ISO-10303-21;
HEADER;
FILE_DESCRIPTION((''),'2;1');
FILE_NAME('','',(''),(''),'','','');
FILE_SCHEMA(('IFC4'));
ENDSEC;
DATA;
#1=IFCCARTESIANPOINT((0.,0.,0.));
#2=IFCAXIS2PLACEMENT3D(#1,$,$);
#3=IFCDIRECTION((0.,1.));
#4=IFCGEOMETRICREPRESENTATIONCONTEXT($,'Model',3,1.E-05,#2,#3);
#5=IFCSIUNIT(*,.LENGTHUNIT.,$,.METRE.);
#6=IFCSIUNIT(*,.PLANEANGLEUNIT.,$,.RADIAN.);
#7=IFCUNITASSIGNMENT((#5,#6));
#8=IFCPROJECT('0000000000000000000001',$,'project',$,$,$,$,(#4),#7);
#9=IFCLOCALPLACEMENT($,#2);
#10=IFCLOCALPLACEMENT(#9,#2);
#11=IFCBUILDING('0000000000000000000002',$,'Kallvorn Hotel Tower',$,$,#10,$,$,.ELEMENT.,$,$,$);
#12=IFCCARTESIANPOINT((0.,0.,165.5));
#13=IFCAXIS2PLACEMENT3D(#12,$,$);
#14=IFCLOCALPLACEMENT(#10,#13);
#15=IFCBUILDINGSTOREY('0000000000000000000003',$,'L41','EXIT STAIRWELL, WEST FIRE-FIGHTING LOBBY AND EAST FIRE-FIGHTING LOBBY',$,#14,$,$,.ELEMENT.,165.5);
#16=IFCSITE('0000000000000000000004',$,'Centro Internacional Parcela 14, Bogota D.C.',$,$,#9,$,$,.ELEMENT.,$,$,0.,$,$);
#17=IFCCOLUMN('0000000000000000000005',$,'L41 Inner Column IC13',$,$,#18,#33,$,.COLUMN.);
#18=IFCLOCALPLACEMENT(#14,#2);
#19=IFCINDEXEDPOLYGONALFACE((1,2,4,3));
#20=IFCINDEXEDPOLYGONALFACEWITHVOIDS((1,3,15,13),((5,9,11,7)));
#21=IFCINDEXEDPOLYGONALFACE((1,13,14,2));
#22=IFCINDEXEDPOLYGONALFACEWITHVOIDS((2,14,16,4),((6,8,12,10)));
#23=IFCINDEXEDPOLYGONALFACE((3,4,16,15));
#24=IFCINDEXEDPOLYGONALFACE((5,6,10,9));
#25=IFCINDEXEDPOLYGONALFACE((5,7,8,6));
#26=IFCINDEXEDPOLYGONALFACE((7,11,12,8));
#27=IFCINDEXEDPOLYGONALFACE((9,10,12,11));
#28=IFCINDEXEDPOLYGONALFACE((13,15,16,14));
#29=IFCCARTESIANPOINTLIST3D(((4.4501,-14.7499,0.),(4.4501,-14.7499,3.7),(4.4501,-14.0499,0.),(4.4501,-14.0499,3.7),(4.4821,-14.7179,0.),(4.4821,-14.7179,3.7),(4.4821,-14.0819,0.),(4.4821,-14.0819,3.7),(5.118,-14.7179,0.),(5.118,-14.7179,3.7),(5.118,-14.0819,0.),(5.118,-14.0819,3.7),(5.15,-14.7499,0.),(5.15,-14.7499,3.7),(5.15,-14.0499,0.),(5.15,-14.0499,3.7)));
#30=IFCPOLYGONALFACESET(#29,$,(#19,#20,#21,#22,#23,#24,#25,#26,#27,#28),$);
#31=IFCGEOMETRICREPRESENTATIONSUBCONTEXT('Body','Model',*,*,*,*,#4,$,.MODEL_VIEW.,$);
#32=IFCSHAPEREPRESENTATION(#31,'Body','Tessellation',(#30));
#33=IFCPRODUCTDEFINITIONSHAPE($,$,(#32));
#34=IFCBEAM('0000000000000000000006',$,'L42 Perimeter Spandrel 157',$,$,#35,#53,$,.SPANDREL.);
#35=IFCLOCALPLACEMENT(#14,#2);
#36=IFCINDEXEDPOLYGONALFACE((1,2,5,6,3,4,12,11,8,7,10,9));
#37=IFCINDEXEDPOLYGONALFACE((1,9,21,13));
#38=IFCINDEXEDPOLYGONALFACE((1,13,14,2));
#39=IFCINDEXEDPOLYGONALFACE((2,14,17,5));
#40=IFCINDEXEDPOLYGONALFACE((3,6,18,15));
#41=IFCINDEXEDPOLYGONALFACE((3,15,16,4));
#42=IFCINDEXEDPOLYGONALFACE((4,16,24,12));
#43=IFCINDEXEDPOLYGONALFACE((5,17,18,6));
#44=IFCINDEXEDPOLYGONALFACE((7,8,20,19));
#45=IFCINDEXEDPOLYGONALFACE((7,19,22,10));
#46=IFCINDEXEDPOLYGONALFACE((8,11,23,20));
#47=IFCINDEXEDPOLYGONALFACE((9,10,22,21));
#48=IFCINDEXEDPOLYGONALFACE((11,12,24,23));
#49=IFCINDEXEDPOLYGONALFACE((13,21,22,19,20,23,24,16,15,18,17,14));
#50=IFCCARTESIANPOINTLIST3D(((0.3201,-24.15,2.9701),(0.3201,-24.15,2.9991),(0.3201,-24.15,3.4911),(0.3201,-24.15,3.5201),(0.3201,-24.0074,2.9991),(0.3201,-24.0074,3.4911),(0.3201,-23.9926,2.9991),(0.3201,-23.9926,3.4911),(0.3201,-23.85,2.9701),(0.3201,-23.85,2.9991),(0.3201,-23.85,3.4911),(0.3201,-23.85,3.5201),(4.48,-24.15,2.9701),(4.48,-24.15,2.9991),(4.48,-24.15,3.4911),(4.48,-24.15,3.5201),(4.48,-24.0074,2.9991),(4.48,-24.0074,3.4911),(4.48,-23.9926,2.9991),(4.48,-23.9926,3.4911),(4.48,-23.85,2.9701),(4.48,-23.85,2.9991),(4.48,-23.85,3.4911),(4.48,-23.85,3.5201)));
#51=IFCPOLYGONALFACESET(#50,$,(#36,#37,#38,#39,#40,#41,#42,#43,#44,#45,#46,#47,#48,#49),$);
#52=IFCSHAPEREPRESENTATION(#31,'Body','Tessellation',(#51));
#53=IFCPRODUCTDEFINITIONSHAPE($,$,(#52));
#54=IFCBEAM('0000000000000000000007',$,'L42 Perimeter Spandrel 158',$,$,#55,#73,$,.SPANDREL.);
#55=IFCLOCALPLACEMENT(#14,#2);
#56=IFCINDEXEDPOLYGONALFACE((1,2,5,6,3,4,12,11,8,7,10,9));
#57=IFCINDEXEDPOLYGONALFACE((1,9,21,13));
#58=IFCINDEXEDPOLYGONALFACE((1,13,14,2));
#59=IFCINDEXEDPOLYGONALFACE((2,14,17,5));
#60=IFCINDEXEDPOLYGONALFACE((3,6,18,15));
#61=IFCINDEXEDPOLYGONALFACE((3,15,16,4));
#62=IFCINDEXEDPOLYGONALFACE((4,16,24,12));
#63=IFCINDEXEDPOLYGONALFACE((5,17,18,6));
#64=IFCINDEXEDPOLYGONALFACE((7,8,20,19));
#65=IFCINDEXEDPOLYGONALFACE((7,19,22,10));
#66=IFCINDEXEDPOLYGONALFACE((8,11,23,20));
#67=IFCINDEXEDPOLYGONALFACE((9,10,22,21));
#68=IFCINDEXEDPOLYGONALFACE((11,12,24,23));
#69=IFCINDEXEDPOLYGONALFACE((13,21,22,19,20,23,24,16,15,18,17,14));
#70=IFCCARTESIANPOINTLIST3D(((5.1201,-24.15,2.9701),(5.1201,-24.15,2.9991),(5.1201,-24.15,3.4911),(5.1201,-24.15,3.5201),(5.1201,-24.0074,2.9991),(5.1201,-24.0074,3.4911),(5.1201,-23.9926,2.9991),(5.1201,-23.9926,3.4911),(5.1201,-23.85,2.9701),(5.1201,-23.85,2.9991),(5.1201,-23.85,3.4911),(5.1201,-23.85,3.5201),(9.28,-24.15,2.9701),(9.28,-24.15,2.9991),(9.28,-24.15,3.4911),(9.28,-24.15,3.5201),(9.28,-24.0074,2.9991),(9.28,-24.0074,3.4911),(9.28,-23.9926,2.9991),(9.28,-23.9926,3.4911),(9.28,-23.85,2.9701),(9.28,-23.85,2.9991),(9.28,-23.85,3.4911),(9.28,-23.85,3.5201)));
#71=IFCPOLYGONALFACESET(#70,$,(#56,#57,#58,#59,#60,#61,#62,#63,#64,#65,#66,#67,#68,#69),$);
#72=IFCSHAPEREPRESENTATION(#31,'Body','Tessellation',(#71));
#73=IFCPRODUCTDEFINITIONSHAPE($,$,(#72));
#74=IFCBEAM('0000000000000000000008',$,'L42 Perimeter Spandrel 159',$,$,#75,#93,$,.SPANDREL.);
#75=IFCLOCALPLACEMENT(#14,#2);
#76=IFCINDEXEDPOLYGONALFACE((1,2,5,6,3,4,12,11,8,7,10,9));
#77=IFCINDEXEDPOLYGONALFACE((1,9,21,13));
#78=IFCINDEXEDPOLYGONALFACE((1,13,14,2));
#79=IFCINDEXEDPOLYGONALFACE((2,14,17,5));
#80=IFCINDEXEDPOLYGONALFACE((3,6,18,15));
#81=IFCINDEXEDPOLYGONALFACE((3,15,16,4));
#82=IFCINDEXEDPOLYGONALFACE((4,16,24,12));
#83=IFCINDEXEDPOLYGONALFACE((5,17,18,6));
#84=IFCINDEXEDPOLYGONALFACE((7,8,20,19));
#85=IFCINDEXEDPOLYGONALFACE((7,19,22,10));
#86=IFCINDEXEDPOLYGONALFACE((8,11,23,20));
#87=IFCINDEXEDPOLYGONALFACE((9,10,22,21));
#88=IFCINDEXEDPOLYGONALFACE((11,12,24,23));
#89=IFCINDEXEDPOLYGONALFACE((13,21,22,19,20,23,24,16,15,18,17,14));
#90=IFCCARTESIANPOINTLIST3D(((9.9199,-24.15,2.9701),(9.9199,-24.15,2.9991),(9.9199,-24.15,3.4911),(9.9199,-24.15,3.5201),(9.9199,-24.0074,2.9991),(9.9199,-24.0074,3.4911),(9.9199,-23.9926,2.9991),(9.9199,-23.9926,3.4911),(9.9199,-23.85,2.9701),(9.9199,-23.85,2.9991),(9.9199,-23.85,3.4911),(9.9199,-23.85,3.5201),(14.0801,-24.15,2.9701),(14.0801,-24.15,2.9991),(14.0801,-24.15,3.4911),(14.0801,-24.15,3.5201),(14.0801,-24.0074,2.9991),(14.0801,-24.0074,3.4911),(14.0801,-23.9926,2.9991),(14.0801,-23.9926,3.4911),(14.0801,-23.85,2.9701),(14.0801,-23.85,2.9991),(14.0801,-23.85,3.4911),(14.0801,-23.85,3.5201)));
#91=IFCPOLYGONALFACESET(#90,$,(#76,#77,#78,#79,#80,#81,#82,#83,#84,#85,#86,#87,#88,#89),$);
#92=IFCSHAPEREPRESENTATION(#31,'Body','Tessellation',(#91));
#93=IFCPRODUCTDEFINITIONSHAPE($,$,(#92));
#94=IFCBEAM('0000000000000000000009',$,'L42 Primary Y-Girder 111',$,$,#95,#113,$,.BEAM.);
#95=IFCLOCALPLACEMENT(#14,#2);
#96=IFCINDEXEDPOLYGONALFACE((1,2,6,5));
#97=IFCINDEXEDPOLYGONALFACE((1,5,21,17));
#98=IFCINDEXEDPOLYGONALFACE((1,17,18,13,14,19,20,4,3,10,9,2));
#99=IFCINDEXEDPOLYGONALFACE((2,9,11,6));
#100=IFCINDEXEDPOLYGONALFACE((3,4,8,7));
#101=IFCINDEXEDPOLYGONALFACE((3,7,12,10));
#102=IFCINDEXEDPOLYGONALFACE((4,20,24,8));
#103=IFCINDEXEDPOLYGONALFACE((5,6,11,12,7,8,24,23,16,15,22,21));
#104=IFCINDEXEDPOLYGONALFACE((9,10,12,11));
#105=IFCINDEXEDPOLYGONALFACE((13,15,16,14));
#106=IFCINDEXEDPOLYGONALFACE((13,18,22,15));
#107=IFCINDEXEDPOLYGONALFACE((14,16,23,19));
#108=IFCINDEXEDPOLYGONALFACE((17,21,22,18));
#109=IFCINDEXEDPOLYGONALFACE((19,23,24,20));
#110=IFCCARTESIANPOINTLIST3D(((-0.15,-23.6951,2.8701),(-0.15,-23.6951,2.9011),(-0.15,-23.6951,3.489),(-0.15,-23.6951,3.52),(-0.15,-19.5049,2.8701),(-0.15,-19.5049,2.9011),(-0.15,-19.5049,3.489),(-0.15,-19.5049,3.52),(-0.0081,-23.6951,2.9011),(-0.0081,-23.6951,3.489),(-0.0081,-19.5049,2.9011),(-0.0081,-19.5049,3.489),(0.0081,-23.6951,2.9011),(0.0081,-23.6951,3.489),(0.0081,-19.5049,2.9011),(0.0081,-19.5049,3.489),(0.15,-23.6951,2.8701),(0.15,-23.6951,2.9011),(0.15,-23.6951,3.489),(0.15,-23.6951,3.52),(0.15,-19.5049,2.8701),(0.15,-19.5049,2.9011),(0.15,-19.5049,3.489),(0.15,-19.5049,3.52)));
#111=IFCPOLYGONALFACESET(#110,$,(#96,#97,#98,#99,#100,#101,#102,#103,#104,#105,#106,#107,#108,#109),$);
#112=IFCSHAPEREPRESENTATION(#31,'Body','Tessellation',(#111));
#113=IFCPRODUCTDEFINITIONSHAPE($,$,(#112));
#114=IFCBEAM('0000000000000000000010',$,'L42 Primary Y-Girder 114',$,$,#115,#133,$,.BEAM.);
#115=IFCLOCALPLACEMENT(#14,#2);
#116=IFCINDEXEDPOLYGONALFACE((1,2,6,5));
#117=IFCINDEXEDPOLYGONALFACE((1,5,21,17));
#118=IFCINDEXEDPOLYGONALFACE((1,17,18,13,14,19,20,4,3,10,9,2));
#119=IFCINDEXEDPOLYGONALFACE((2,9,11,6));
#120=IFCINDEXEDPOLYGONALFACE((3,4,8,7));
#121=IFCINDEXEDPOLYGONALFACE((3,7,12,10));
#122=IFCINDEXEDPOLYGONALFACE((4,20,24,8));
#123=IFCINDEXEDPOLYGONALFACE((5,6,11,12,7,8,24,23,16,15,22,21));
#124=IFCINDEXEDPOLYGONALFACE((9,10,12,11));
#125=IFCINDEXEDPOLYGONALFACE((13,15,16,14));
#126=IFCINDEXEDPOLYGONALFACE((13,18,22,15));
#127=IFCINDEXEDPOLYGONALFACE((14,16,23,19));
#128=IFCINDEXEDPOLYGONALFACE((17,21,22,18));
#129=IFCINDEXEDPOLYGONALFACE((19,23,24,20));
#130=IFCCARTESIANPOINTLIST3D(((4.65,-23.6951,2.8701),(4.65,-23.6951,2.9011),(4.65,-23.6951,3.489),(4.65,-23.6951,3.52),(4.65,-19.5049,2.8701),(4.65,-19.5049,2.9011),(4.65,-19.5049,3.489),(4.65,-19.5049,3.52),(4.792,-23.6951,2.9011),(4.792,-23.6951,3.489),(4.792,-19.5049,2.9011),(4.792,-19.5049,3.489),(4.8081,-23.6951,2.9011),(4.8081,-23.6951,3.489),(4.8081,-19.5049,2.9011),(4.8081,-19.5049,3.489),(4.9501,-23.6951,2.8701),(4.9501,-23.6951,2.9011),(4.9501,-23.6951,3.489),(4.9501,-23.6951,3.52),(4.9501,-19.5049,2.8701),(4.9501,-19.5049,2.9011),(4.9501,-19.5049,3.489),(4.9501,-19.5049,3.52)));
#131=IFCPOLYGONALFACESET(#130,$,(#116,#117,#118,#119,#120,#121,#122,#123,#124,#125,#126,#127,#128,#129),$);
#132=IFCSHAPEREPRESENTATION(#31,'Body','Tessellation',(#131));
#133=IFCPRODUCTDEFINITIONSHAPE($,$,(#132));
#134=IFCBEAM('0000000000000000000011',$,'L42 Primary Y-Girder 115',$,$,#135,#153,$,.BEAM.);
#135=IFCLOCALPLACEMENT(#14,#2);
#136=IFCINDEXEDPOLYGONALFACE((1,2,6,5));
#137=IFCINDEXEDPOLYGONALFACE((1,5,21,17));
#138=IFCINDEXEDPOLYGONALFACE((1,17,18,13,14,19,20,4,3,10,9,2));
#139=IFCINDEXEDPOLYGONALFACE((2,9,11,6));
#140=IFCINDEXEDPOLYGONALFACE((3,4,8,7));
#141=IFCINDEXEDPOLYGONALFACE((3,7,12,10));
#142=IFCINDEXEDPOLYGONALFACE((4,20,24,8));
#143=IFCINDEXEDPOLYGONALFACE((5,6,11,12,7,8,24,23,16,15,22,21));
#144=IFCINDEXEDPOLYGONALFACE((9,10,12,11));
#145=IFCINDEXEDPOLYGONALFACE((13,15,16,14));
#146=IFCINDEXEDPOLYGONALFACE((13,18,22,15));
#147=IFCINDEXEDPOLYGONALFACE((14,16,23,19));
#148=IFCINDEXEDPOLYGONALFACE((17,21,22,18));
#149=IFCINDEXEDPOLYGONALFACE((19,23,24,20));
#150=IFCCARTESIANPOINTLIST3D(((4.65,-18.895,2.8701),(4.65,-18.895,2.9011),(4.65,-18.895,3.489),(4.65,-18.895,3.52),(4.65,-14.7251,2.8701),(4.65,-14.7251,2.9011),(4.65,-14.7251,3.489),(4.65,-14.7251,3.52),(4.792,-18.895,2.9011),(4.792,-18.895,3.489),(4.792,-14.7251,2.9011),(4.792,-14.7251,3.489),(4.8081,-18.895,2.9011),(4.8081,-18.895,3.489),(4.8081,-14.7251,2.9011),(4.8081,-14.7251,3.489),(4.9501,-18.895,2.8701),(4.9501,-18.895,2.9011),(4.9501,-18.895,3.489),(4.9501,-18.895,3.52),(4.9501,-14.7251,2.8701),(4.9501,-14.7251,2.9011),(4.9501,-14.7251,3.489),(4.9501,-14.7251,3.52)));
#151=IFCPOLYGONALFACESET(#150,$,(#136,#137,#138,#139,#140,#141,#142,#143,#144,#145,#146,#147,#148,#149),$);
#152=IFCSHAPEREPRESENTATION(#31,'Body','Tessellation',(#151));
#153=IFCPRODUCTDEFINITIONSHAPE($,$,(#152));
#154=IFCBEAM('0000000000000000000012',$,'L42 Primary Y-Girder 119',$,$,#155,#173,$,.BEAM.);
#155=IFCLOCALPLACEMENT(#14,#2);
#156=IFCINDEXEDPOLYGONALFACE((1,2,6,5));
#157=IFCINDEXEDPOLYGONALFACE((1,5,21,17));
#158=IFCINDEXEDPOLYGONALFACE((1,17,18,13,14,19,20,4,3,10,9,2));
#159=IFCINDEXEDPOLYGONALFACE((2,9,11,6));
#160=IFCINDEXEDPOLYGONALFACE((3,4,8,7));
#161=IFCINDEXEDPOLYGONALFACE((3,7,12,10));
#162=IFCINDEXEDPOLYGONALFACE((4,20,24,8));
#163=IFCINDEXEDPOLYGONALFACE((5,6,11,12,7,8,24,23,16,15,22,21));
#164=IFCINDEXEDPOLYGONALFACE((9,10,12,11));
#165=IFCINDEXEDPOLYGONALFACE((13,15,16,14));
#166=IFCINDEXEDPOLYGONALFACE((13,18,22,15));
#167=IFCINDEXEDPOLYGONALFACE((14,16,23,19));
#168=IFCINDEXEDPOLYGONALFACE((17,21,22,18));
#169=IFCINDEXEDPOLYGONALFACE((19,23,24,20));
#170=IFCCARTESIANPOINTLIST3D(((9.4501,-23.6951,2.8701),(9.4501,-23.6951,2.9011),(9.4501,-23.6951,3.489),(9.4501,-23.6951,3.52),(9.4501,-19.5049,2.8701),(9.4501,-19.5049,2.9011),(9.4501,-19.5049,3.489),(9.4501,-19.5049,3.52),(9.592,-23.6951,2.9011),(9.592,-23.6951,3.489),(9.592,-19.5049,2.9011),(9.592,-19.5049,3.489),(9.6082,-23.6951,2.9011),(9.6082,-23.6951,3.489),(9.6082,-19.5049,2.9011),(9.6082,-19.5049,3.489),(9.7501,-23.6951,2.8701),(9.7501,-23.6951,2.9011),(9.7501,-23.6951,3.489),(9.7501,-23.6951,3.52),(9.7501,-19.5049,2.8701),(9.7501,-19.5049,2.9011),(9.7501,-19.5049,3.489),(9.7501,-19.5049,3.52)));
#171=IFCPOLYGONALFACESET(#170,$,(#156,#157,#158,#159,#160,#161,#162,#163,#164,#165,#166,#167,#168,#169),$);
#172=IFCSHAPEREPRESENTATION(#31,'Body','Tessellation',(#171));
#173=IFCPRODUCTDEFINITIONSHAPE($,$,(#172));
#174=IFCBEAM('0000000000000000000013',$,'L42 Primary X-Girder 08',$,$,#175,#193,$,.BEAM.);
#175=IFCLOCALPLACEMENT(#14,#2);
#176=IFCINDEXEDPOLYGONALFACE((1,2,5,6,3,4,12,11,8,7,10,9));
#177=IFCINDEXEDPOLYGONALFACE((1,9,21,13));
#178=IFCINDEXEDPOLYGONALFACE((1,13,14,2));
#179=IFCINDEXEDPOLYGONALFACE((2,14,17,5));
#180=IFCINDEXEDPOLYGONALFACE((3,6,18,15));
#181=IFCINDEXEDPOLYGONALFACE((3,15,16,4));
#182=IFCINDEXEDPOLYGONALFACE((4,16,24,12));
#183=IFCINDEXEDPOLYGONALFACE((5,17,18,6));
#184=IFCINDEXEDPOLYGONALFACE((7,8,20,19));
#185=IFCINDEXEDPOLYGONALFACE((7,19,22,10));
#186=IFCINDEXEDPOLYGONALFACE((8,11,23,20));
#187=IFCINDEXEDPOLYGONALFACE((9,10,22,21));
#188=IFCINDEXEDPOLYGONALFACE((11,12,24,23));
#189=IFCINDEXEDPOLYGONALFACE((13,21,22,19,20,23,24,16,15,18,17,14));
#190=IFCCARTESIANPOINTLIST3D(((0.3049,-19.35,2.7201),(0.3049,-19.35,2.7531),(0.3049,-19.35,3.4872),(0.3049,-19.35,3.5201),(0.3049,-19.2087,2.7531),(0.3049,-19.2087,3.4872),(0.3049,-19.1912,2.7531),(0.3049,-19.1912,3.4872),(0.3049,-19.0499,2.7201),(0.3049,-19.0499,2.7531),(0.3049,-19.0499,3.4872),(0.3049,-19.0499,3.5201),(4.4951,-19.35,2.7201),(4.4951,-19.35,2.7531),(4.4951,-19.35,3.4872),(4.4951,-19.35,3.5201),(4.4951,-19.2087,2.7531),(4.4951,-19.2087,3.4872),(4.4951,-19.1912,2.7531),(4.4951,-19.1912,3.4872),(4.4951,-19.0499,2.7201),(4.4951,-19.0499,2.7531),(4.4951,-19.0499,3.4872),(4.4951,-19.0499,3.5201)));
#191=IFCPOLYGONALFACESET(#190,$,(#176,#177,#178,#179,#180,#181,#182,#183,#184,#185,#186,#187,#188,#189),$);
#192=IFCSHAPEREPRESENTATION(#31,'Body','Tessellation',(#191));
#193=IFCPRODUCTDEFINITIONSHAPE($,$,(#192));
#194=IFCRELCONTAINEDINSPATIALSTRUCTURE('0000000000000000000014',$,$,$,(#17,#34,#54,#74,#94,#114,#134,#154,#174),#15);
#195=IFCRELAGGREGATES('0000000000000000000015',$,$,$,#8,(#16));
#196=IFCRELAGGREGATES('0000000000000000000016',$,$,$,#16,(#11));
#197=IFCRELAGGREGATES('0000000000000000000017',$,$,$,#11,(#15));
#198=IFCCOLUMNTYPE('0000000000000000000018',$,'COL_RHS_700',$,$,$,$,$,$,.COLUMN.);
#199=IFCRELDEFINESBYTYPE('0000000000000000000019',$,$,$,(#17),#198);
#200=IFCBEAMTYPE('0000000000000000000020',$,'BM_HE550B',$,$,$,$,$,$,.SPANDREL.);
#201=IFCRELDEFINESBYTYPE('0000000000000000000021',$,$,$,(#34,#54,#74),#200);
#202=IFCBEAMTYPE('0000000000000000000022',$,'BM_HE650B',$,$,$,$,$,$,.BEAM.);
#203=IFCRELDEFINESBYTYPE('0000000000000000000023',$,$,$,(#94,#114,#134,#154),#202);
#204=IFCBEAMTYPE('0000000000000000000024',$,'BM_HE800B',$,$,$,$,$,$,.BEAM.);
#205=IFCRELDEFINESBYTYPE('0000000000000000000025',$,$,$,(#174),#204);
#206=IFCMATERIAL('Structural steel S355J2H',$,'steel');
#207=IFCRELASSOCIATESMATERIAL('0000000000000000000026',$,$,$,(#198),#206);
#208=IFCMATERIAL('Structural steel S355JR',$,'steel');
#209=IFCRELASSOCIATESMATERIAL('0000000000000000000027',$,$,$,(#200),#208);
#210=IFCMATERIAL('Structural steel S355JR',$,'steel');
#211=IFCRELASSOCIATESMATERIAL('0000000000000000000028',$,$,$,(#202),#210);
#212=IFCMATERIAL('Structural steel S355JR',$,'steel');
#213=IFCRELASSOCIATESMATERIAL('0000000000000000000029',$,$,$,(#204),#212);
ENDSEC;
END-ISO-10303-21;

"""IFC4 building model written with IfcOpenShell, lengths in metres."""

from ifc_helpers import new_model, si_unit, direction, frame, origin, origin_2d, place, context, subcontext, project, spatial, hollow_rectangle, i_section, extrude, material, material_profile, profile_set, type_object, element, save


model = new_model("IFC4")

# Units and contexts
model_context = context("Model", 3, precision=1e-05, world=origin(), true_north=direction((0.0, 1.0)))
body_context = subcontext(model_context, "Body", "Model", "MODEL_VIEW")
ifc_project = project(units=[si_unit("LENGTHUNIT", "METRE"), si_unit("PLANEANGLEUNIT", "RADIAN")], contexts=[model_context])

# Site, building, storey
site_placement = place(None, origin())
site = spatial("IfcSite", under=ifc_project, at=site_placement, Name="Centro Internacional Parcela 14, Bogota D.C.", CompositionType="ELEMENT", RefElevation=0.0)
building_placement = place(site_placement, origin())
building = spatial("IfcBuilding", under=site, at=building_placement, Name="Kallvorn Hotel Tower", CompositionType="ELEMENT")
storey_placement = place(building_placement, frame((0.0, 0.0, 165.5)))
storey = spatial("IfcBuildingStorey", under=building, at=storey_placement, Name="L41", Description="EXIT STAIRWELL, WEST FIRE-FIGHTING LOBBY AND EAST FIRE-FIGHTING LOBBY", CompositionType="ELEMENT", Elevation=165.5)

# Column
ifc_material_1 = material(Name="Structural steel S355J2H", Category="steel")
ifc_material_profile_1 = material_profile(ifc_material_1, hollow_rectangle(XDim=0.7, YDim=0.7, WallThickness=0.032, at=origin_2d()), Name="RHS 700x700x32")
ifc_profile_set_1 = profile_set([ifc_material_profile_1], Name="Structural steel S355J2H")
column_type_1 = type_object("IfcColumnType", Name="COL_RHS_700", PredefinedType="COLUMN", material=ifc_profile_set_1)
column_placement = place(storey_placement, frame((4.8, -14.3999, 0.0), z_axis=(0.0, 0.0, 1.0), x_axis=(1.0, 0.0, 0.0)))
element("IfcColumn", 1, at=column_placement, inside=storey, type_object=column_type_1, Name="L41 Inner Column IC13", PredefinedType="COLUMN", context=body_context, shape_type="SweptSolid", body=[
    extrude(hollow_rectangle(XDim=0.7, YDim=0.7, WallThickness=0.032, at=origin_2d()), origin(), (0.0, 0.0, 1.0), 3.7),
])

# Beams
ifc_material_2 = material(Name="Structural steel S355JR", Category="steel")
ifc_material_profile_2 = material_profile(ifc_material_2, i_section(OverallWidth=0.3, OverallDepth=0.55, WebThickness=0.0149, FlangeThickness=0.0291, at=origin_2d()), Name="HE 550 B")
ifc_profile_set_2 = profile_set([ifc_material_profile_2], Name="Structural steel S355JR")
beam_type_1 = type_object("IfcBeamType", Name="BM_HE550B", PredefinedType="SPANDREL", material=ifc_profile_set_2)
for number, where, z_axis, x_axis, name in (
    (2, (0.3201, -24.0, 3.2451), (1.0, 0.0, 0.0), (0.0, 1.0, 0.0), "L42 Perimeter Spandrel 157"),
    (3, (5.1201, -24.0, 3.2451), (1.0, 0.0, 0.0), (0.0, 1.0, 0.0), "L42 Perimeter Spandrel 158"),
):
    element("IfcBeam", number, at=place(storey_placement, frame(where, z_axis=z_axis, x_axis=x_axis)), inside=storey, type_object=beam_type_1, Name=name, PredefinedType="SPANDREL", context=body_context, shape_type="SweptSolid", body=[
        extrude(i_section(OverallWidth=0.3, OverallDepth=0.55, WebThickness=0.0149, FlangeThickness=0.0291, at=origin_2d()), origin(), (0.0, 0.0, 1.0), 4.1599),
    ])
beam_1_placement = place(storey_placement, frame((9.9199, -24.0, 3.2451), z_axis=(1.0, 0.0, 0.0), x_axis=(0.0, 1.0, 0.0)))
element("IfcBeam", 4, at=beam_1_placement, inside=storey, type_object=beam_type_1, Name="L42 Perimeter Spandrel 159", PredefinedType="SPANDREL", context=body_context, shape_type="SweptSolid", body=[
    extrude(i_section(OverallWidth=0.3, OverallDepth=0.55, WebThickness=0.0149, FlangeThickness=0.0291, at=origin_2d()), origin(), (0.0, 0.0, 1.0), 4.1602),
])
ifc_material_3 = material(Name="Structural steel S355JR", Category="steel")
ifc_material_profile_3 = material_profile(ifc_material_3, i_section(OverallWidth=0.3, OverallDepth=0.6499, WebThickness=0.0161, FlangeThickness=0.031, at=origin_2d()), Name="HE 650 B")
ifc_profile_set_3 = profile_set([ifc_material_profile_3], Name="Structural steel S355JR")
beam_type_2 = type_object("IfcBeamType", Name="BM_HE650B", PredefinedType="BEAM", material=ifc_profile_set_3)
for number, where, z_axis, x_axis, name in (
    (5, (0.0, -23.6951, 3.1951), (0.0, 1.0, 0.0), (-1.0, 0.0, 0.0), "L42 Primary Y-Girder 111"),
    (6, (4.8, -23.6951, 3.1951), (0.0, 1.0, 0.0), (-1.0, 0.0, 0.0), "L42 Primary Y-Girder 114"),
):
    element("IfcBeam", number, at=place(storey_placement, frame(where, z_axis=z_axis, x_axis=x_axis)), inside=storey, type_object=beam_type_2, Name=name, PredefinedType="BEAM", context=body_context, shape_type="SweptSolid", body=[
        extrude(i_section(OverallWidth=0.3, OverallDepth=0.6499, WebThickness=0.0161, FlangeThickness=0.031, at=origin_2d()), origin(), (0.0, 0.0, 1.0), 4.1902),
    ])
beam_2_placement = place(storey_placement, frame((4.8, -18.895, 3.1951), z_axis=(0.0, 1.0, 0.0), x_axis=(-1.0, 0.0, 0.0)))
element("IfcBeam", 7, at=beam_2_placement, inside=storey, type_object=beam_type_2, Name="L42 Primary Y-Girder 115", PredefinedType="BEAM", context=body_context, shape_type="SweptSolid", body=[
    extrude(i_section(OverallWidth=0.3, OverallDepth=0.6499, WebThickness=0.0161, FlangeThickness=0.031, at=origin_2d()), origin(), (0.0, 0.0, 1.0), 4.1699),
])
beam_3_placement = place(storey_placement, frame((9.6001, -23.6951, 3.1951), z_axis=(0.0, 1.0, 0.0), x_axis=(-1.0, 0.0, 0.0)))
element("IfcBeam", 8, at=beam_3_placement, inside=storey, type_object=beam_type_2, Name="L42 Primary Y-Girder 119", PredefinedType="BEAM", context=body_context, shape_type="SweptSolid", body=[
    extrude(i_section(OverallWidth=0.3, OverallDepth=0.6499, WebThickness=0.0161, FlangeThickness=0.031, at=origin_2d()), origin(), (0.0, 0.0, 1.0), 4.1902),
])
ifc_material_4 = material(Name="Structural steel S355JR", Category="steel")
ifc_material_profile_4 = material_profile(ifc_material_4, i_section(OverallWidth=0.3, OverallDepth=0.8, WebThickness=0.0176, FlangeThickness=0.033, at=origin_2d()), Name="HE 800 B")
ifc_profile_set_4 = profile_set([ifc_material_profile_4], Name="Structural steel S355JR")
beam_type_3 = type_object("IfcBeamType", Name="BM_HE800B", PredefinedType="BEAM", material=ifc_profile_set_4)
beam_4_placement = place(storey_placement, frame((0.3049, -19.2, 3.1201), z_axis=(1.0, 0.0, 0.0), x_axis=(0.0, 1.0, 0.0)))
element("IfcBeam", 9, at=beam_4_placement, inside=storey, type_object=beam_type_3, Name="L42 Primary X-Girder 08", PredefinedType="BEAM", context=body_context, shape_type="SweptSolid", body=[
    extrude(i_section(OverallWidth=0.3, OverallDepth=0.8, WebThickness=0.0176, FlangeThickness=0.033, at=origin_2d()), origin(), (0.0, 0.0, 1.0), 4.1902),
])

save(model, "model.ifc")
